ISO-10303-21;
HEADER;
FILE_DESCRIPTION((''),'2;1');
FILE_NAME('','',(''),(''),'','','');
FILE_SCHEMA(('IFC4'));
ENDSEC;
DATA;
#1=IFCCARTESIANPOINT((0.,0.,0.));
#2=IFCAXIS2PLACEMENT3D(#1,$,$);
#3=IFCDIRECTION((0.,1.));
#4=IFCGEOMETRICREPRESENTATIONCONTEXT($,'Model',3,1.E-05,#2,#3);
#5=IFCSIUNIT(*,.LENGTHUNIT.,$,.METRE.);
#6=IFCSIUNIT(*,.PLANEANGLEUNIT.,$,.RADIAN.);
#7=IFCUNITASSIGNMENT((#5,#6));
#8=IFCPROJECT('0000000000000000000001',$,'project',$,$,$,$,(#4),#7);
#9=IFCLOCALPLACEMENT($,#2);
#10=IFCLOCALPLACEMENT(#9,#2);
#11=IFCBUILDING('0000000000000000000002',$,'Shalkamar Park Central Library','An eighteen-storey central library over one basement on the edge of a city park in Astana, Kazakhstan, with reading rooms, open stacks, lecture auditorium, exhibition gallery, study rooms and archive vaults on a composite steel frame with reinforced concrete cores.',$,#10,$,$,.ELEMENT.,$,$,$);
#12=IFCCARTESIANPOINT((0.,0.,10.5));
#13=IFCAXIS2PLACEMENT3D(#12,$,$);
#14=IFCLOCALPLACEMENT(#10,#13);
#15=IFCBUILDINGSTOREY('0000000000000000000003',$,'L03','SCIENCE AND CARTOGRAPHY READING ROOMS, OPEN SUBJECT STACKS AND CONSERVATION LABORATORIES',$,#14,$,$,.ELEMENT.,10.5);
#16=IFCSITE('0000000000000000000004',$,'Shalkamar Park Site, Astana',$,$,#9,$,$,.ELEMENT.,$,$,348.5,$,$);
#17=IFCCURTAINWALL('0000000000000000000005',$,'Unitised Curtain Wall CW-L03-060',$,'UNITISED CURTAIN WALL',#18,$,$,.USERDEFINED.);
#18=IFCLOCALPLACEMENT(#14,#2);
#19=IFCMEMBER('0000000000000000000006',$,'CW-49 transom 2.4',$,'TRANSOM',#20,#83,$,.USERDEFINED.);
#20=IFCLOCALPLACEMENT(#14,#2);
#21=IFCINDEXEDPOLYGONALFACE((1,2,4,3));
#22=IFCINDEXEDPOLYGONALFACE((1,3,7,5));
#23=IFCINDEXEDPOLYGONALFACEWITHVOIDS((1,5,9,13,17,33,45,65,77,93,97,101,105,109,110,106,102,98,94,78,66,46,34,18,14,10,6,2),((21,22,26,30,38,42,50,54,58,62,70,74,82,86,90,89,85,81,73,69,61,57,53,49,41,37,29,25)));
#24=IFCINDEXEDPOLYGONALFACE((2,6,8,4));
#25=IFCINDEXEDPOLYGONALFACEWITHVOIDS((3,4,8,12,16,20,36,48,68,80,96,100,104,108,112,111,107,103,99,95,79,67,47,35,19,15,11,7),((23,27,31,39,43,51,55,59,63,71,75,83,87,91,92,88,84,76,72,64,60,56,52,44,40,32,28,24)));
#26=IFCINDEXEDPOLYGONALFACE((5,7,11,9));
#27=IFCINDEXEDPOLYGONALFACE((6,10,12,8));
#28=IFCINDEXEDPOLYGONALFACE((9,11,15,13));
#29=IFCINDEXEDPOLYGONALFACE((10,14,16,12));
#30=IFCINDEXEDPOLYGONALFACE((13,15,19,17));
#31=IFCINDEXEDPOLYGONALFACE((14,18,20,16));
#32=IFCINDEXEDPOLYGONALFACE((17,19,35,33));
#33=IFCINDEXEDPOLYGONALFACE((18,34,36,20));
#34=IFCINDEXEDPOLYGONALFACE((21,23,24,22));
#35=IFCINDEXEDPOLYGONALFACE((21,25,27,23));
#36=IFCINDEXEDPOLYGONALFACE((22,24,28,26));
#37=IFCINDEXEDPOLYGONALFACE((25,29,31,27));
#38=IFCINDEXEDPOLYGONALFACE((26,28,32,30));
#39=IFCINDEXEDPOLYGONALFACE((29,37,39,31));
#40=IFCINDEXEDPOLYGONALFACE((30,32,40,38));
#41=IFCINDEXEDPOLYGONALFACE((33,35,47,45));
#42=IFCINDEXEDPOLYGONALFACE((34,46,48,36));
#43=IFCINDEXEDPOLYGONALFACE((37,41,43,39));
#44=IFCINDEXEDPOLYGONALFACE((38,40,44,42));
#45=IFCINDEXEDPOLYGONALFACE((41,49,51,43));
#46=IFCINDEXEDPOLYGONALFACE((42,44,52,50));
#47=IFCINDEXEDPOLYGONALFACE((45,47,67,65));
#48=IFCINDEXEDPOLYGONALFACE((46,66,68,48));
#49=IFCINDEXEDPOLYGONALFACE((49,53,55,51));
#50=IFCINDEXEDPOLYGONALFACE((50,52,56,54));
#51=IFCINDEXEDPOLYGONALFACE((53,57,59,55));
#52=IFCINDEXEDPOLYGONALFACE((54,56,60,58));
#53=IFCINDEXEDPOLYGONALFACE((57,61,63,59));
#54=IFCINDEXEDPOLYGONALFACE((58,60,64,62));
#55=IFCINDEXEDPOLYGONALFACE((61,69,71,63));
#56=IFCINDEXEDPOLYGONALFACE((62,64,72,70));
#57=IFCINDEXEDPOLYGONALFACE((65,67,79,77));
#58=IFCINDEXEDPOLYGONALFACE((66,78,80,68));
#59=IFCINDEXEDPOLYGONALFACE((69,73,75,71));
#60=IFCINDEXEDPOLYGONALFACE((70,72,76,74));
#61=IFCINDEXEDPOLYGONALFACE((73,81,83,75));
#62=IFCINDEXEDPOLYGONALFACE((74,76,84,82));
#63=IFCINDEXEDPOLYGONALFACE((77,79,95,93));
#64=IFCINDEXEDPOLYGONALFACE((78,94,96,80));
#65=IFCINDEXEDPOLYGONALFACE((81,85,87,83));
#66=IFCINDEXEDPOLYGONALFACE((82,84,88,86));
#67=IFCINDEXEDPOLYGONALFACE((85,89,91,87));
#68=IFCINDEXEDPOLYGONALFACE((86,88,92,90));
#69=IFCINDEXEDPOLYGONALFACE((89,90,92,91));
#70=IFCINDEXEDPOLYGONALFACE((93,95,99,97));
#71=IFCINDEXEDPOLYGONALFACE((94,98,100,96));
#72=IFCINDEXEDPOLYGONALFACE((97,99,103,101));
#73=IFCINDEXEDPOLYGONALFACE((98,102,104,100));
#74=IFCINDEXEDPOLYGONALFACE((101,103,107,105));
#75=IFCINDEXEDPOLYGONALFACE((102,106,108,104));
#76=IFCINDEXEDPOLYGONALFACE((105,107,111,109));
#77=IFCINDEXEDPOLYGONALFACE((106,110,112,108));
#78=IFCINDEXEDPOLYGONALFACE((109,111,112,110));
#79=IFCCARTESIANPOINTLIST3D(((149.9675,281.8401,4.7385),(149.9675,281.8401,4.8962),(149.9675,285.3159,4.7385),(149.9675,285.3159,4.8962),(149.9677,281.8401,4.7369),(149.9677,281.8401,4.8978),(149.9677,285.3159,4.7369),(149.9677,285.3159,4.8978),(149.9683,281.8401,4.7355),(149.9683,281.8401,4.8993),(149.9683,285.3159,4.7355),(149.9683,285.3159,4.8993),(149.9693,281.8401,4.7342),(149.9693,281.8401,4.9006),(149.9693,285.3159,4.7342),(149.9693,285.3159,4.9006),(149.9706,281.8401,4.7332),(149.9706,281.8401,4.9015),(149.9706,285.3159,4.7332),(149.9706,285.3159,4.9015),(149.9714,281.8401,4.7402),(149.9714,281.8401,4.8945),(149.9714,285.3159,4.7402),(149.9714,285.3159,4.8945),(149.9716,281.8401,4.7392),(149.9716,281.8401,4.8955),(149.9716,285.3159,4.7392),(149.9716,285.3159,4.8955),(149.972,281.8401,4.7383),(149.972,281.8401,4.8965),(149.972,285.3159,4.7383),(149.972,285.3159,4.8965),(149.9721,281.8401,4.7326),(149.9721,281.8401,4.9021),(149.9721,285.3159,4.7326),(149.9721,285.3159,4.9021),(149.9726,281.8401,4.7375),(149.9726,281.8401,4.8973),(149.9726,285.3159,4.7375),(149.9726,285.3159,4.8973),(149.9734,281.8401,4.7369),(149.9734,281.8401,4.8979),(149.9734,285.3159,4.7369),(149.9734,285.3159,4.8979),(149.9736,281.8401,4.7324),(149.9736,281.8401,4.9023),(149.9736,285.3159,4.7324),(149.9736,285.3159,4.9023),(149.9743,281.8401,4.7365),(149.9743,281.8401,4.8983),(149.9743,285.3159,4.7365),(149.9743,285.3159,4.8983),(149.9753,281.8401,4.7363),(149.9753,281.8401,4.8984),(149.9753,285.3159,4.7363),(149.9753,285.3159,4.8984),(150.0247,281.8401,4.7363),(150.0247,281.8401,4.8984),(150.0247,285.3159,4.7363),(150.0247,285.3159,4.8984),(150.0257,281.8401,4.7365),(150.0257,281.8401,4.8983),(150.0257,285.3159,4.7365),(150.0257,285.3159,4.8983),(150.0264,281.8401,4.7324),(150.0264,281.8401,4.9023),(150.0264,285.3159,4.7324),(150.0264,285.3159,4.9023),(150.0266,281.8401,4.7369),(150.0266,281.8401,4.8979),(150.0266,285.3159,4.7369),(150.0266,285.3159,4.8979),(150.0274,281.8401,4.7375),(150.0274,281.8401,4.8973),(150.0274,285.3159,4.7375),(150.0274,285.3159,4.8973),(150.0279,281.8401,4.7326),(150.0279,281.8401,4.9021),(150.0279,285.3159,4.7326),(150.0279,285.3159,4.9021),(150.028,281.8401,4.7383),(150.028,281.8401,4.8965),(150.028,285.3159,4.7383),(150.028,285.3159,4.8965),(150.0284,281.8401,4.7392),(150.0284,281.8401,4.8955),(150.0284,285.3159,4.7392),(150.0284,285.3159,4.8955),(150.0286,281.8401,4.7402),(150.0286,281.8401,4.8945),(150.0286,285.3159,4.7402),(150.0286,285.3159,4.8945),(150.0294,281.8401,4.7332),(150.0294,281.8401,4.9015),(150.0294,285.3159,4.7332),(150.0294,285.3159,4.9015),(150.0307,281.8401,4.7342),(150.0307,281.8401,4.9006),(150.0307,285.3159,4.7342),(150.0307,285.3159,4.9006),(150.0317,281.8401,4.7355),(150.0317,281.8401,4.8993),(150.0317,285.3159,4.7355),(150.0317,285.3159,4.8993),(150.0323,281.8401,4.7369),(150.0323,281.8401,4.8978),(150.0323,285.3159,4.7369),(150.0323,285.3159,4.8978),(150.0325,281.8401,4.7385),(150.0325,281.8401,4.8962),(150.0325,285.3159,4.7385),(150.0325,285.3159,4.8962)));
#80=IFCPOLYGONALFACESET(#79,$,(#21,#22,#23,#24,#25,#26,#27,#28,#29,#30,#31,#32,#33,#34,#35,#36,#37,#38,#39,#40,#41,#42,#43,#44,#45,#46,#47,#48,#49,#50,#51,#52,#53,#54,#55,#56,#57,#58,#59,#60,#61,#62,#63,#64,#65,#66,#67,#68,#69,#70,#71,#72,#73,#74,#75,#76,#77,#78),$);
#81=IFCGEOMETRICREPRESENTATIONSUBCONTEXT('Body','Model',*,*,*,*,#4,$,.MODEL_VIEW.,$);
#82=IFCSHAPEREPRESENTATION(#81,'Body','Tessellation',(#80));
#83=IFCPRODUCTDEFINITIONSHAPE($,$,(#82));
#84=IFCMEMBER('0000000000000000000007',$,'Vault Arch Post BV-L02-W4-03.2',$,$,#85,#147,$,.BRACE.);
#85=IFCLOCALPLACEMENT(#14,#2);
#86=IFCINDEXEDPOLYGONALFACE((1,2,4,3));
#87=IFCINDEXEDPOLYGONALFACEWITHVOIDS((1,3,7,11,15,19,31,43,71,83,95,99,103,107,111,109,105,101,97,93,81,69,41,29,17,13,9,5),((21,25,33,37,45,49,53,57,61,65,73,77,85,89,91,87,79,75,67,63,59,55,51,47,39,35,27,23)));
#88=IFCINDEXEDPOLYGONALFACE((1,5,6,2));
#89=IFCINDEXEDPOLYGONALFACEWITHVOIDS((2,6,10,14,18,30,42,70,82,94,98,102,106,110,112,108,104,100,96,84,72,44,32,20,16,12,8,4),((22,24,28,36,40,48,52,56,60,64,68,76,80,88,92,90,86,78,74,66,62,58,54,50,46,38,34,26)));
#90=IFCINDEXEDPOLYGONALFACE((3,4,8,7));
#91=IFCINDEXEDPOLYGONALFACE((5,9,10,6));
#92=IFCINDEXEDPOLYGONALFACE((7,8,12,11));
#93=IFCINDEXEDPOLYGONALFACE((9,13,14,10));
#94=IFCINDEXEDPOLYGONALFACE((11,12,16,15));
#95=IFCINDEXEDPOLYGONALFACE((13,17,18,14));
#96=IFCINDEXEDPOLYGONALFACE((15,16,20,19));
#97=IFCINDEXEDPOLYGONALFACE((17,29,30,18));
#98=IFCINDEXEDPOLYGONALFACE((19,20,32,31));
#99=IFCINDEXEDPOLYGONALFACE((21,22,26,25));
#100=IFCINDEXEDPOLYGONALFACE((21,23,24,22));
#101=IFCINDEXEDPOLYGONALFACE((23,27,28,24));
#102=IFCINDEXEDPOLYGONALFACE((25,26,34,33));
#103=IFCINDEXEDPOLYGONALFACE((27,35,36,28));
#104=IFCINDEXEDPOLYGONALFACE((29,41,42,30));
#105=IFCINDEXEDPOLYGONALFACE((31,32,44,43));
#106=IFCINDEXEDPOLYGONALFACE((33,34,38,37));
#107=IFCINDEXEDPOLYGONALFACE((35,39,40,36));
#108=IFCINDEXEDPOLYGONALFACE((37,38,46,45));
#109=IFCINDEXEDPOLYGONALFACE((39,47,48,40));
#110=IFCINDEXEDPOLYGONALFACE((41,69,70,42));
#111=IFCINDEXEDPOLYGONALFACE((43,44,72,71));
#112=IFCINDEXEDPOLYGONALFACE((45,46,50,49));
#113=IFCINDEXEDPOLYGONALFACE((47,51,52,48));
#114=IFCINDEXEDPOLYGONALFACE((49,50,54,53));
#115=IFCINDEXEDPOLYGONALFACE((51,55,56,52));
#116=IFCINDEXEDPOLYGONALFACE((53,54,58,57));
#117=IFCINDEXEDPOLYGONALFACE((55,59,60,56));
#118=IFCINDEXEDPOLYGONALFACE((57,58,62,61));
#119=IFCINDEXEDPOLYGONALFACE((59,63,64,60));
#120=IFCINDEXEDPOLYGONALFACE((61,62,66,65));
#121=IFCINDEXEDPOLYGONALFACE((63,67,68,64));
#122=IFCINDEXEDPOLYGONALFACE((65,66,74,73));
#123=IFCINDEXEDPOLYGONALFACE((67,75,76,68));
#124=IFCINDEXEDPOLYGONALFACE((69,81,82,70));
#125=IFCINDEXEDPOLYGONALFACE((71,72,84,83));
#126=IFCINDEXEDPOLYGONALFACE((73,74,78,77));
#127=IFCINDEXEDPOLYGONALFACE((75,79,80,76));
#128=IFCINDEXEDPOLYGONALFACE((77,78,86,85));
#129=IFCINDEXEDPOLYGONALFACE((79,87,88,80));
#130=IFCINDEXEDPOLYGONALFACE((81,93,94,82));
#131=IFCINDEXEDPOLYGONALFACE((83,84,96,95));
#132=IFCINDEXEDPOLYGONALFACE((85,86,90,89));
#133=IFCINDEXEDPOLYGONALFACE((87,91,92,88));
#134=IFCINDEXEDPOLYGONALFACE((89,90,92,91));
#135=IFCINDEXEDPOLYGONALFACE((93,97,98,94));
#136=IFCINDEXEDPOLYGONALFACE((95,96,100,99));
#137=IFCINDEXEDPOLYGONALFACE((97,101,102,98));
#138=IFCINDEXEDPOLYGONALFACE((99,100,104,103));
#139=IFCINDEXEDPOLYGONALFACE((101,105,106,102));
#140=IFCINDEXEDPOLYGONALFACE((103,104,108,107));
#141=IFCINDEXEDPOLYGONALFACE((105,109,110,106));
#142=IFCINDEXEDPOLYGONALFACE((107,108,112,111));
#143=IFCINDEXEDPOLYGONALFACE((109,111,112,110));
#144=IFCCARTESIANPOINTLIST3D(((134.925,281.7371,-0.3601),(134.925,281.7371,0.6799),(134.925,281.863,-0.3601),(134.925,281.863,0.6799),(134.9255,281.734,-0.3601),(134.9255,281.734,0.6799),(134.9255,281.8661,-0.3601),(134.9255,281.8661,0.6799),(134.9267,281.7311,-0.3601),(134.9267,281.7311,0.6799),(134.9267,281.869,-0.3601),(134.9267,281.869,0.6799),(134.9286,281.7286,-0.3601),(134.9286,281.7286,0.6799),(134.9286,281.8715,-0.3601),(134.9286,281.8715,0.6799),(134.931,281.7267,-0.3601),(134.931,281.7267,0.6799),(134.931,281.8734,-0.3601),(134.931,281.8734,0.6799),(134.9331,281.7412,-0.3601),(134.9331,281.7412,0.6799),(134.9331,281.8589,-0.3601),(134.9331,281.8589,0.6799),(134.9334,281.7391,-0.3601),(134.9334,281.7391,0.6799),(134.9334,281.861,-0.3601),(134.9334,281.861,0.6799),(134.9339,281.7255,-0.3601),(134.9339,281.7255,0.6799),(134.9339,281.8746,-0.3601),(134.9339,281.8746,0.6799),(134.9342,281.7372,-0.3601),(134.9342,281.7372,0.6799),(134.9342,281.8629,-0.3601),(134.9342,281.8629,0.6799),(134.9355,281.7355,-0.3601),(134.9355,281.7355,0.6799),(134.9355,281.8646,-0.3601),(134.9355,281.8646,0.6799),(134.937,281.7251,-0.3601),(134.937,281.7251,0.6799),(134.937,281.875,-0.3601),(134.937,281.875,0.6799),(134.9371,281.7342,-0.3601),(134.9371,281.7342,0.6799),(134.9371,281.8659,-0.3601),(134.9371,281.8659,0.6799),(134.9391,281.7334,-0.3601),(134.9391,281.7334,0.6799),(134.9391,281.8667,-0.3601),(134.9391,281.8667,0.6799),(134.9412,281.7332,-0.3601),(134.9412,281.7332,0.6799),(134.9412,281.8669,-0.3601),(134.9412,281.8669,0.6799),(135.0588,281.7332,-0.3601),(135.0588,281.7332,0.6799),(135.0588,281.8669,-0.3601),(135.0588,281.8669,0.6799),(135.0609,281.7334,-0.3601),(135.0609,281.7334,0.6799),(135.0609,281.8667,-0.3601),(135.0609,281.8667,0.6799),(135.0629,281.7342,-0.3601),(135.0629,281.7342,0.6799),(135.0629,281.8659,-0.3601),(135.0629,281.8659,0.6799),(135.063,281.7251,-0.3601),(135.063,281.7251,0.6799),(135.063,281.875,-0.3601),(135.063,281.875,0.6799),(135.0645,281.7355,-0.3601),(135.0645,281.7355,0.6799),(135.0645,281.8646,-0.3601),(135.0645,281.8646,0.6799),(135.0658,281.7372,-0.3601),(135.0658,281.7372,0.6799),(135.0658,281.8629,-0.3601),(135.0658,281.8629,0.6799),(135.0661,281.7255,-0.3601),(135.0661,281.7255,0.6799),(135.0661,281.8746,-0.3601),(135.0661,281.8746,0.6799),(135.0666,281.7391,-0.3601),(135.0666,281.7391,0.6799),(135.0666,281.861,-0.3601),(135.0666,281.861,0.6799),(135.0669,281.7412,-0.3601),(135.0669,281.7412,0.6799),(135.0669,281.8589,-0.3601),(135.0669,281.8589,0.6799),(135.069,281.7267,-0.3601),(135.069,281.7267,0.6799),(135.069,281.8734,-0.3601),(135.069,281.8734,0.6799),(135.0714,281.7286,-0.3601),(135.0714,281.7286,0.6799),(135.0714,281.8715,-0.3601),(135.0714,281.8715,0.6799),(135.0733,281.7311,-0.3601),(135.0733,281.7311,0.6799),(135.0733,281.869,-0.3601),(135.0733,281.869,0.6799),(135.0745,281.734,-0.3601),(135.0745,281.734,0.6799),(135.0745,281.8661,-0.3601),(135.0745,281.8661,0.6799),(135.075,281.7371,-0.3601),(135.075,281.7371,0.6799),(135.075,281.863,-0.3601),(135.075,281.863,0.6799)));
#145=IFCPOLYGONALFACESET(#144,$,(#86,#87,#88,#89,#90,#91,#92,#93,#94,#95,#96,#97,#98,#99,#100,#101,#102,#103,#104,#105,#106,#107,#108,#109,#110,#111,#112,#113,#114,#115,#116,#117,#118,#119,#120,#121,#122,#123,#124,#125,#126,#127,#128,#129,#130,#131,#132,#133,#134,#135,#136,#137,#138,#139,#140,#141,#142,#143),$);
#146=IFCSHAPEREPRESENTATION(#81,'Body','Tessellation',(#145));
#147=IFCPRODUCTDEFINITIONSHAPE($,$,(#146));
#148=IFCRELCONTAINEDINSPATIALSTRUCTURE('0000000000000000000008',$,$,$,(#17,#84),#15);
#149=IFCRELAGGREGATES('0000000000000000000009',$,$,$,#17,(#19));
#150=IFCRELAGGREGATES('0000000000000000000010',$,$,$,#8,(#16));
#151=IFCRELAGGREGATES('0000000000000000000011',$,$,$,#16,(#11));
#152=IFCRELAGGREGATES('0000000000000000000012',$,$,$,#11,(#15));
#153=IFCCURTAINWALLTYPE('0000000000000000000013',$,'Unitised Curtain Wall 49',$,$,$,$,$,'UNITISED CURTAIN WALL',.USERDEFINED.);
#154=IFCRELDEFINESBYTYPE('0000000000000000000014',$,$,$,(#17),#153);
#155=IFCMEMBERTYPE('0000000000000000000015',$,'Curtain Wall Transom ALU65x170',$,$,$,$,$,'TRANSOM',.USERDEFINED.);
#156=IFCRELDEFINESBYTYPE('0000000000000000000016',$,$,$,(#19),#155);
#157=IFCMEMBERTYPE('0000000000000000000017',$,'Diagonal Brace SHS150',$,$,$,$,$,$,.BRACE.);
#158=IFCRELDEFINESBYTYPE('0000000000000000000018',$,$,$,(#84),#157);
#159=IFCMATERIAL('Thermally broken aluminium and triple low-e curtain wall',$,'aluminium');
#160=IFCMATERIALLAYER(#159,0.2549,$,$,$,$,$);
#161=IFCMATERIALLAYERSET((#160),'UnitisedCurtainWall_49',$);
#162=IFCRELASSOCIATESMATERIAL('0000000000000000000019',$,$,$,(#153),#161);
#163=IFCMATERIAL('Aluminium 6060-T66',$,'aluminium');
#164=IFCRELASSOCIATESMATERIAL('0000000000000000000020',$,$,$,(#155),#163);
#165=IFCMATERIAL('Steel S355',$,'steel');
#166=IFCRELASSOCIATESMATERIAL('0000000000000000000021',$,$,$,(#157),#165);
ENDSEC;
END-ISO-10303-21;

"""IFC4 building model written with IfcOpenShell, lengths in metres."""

from ifc_helpers import new_model, si_unit, direction, frame, origin, origin_2d, place, context, subcontext, project, spatial, hollow_rectangle, extrude, material, layer, layer_set, material_profile, profile_set, type_object, element, aggregate, save


model = new_model("IFC4")

# Units and contexts
model_context = context("Model", 3, precision=1e-05, world=origin(), true_north=direction((0.0, 1.0)))
body_context = subcontext(model_context, "Body", "Model", "MODEL_VIEW")
ifc_project = project(units=[si_unit("LENGTHUNIT", "METRE"), si_unit("PLANEANGLEUNIT", "RADIAN")], contexts=[model_context])

# Site, building, storey
site_placement = place(None, origin())
site = spatial("IfcSite", under=ifc_project, at=site_placement, Name="Shalkamar Park Site, Astana", CompositionType="ELEMENT", RefElevation=348.5)
building_placement = place(site_placement, origin())
building = spatial("IfcBuilding", under=site, at=building_placement, Name="Shalkamar Park Central Library", Description="An eighteen-storey central library over one basement on the edge of a city park in Astana, Kazakhstan, with reading rooms, open stacks, lecture auditorium, exhibition gallery, study rooms and archive vaults on a composite steel frame with reinforced concrete cores.", CompositionType="ELEMENT")
storey_placement = place(building_placement, frame((0.0, 0.0, 10.5)))
storey = spatial("IfcBuildingStorey", under=building, at=storey_placement, Name="L03", Description="SCIENCE AND CARTOGRAPHY READING ROOMS, OPEN SUBJECT STACKS AND CONSERVATION LABORATORIES", CompositionType="ELEMENT", Elevation=10.5)

# Curtain wall, member
ifc_material_1 = material(Name="Thermally broken aluminium and triple low-e curtain wall", Category="aluminium")
ifc_layer_1 = layer(ifc_material_1, 0.2549)
ifc_layer_set_1 = layer_set([ifc_layer_1], Name="UnitisedCurtainWall_49")
curtain_wall_type = type_object("IfcCurtainWallType", Name="Unitised Curtain Wall 49", ElementType="UNITISED CURTAIN WALL", PredefinedType="USERDEFINED", material=ifc_layer_set_1)
curtain_wall_placement = place(storey_placement, origin())
curtain_wall = element("IfcCurtainWall", 1, at=curtain_wall_placement, inside=storey, type_object=curtain_wall_type, Name="Unitised Curtain Wall CW-L03-060", ObjectType="UNITISED CURTAIN WALL", PredefinedType="USERDEFINED")
ifc_material_2 = material(Name="Aluminium 6060-T66", Category="aluminium")
ifc_material_profile_1 = material_profile(ifc_material_2, hollow_rectangle(XDim=0.0649, YDim=0.1699, WallThickness=0.0039, InnerFilletRadius=0.0039, OuterFilletRadius=0.0061, at=origin_2d()), Name="ALU 65x170x4")
ifc_profile_set_1 = profile_set([ifc_material_profile_1], Name="Aluminium 6060-T66")
member_type_1 = type_object("IfcMemberType", Name="Curtain Wall Transom ALU65x170", ElementType="TRANSOM", PredefinedType="USERDEFINED", material=ifc_profile_set_1)
member_1_placement = place(storey_placement, frame((150.0, 281.8401, 4.8174), z_axis=(0.0, 1.0, 0.0), x_axis=(-1.0, 0.0, 0.0)))
member_1 = element("IfcMember", 2, at=member_1_placement, type_object=member_type_1, Name="CW-49 transom 2.4", ObjectType="TRANSOM", PredefinedType="USERDEFINED", context=body_context, shape_type="SweptSolid", body=[
    extrude(hollow_rectangle(XDim=0.0649, YDim=0.1699, WallThickness=0.0039, InnerFilletRadius=0.0039, OuterFilletRadius=0.0061, at=origin_2d()), origin(), (0.0, 0.0, 1.0), 3.4758),
])
aggregate(curtain_wall, [member_1])

# Member
ifc_material_3 = material(Name="Steel S355", Category="steel")
ifc_material_profile_2 = material_profile(ifc_material_3, hollow_rectangle(XDim=0.1499, YDim=0.1499, WallThickness=0.0081, InnerFilletRadius=0.0081, OuterFilletRadius=0.012, at=origin_2d()), Name="SHS 150x150x8")
ifc_profile_set_2 = profile_set([ifc_material_profile_2], Name="Steel S355")
member_type_2 = type_object("IfcMemberType", Name="Diagonal Brace SHS150", PredefinedType="BRACE", material=ifc_profile_set_2)
member_2_placement = place(storey_placement, frame((135.0, 281.8, -0.3601), z_axis=(0.0, 0.0, 1.0), x_axis=(1.0, 0.0, 0.0)))
element("IfcMember", 3, at=member_2_placement, inside=storey, type_object=member_type_2, Name="Vault Arch Post BV-L02-W4-03.2", PredefinedType="BRACE", context=body_context, shape_type="SweptSolid", body=[
    extrude(hollow_rectangle(XDim=0.1499, YDim=0.1499, WallThickness=0.0081, InnerFilletRadius=0.0081, OuterFilletRadius=0.012, at=origin_2d()), origin(), (0.0, 0.0, 1.0), 1.04),
])

save(model, "model.ifc")
